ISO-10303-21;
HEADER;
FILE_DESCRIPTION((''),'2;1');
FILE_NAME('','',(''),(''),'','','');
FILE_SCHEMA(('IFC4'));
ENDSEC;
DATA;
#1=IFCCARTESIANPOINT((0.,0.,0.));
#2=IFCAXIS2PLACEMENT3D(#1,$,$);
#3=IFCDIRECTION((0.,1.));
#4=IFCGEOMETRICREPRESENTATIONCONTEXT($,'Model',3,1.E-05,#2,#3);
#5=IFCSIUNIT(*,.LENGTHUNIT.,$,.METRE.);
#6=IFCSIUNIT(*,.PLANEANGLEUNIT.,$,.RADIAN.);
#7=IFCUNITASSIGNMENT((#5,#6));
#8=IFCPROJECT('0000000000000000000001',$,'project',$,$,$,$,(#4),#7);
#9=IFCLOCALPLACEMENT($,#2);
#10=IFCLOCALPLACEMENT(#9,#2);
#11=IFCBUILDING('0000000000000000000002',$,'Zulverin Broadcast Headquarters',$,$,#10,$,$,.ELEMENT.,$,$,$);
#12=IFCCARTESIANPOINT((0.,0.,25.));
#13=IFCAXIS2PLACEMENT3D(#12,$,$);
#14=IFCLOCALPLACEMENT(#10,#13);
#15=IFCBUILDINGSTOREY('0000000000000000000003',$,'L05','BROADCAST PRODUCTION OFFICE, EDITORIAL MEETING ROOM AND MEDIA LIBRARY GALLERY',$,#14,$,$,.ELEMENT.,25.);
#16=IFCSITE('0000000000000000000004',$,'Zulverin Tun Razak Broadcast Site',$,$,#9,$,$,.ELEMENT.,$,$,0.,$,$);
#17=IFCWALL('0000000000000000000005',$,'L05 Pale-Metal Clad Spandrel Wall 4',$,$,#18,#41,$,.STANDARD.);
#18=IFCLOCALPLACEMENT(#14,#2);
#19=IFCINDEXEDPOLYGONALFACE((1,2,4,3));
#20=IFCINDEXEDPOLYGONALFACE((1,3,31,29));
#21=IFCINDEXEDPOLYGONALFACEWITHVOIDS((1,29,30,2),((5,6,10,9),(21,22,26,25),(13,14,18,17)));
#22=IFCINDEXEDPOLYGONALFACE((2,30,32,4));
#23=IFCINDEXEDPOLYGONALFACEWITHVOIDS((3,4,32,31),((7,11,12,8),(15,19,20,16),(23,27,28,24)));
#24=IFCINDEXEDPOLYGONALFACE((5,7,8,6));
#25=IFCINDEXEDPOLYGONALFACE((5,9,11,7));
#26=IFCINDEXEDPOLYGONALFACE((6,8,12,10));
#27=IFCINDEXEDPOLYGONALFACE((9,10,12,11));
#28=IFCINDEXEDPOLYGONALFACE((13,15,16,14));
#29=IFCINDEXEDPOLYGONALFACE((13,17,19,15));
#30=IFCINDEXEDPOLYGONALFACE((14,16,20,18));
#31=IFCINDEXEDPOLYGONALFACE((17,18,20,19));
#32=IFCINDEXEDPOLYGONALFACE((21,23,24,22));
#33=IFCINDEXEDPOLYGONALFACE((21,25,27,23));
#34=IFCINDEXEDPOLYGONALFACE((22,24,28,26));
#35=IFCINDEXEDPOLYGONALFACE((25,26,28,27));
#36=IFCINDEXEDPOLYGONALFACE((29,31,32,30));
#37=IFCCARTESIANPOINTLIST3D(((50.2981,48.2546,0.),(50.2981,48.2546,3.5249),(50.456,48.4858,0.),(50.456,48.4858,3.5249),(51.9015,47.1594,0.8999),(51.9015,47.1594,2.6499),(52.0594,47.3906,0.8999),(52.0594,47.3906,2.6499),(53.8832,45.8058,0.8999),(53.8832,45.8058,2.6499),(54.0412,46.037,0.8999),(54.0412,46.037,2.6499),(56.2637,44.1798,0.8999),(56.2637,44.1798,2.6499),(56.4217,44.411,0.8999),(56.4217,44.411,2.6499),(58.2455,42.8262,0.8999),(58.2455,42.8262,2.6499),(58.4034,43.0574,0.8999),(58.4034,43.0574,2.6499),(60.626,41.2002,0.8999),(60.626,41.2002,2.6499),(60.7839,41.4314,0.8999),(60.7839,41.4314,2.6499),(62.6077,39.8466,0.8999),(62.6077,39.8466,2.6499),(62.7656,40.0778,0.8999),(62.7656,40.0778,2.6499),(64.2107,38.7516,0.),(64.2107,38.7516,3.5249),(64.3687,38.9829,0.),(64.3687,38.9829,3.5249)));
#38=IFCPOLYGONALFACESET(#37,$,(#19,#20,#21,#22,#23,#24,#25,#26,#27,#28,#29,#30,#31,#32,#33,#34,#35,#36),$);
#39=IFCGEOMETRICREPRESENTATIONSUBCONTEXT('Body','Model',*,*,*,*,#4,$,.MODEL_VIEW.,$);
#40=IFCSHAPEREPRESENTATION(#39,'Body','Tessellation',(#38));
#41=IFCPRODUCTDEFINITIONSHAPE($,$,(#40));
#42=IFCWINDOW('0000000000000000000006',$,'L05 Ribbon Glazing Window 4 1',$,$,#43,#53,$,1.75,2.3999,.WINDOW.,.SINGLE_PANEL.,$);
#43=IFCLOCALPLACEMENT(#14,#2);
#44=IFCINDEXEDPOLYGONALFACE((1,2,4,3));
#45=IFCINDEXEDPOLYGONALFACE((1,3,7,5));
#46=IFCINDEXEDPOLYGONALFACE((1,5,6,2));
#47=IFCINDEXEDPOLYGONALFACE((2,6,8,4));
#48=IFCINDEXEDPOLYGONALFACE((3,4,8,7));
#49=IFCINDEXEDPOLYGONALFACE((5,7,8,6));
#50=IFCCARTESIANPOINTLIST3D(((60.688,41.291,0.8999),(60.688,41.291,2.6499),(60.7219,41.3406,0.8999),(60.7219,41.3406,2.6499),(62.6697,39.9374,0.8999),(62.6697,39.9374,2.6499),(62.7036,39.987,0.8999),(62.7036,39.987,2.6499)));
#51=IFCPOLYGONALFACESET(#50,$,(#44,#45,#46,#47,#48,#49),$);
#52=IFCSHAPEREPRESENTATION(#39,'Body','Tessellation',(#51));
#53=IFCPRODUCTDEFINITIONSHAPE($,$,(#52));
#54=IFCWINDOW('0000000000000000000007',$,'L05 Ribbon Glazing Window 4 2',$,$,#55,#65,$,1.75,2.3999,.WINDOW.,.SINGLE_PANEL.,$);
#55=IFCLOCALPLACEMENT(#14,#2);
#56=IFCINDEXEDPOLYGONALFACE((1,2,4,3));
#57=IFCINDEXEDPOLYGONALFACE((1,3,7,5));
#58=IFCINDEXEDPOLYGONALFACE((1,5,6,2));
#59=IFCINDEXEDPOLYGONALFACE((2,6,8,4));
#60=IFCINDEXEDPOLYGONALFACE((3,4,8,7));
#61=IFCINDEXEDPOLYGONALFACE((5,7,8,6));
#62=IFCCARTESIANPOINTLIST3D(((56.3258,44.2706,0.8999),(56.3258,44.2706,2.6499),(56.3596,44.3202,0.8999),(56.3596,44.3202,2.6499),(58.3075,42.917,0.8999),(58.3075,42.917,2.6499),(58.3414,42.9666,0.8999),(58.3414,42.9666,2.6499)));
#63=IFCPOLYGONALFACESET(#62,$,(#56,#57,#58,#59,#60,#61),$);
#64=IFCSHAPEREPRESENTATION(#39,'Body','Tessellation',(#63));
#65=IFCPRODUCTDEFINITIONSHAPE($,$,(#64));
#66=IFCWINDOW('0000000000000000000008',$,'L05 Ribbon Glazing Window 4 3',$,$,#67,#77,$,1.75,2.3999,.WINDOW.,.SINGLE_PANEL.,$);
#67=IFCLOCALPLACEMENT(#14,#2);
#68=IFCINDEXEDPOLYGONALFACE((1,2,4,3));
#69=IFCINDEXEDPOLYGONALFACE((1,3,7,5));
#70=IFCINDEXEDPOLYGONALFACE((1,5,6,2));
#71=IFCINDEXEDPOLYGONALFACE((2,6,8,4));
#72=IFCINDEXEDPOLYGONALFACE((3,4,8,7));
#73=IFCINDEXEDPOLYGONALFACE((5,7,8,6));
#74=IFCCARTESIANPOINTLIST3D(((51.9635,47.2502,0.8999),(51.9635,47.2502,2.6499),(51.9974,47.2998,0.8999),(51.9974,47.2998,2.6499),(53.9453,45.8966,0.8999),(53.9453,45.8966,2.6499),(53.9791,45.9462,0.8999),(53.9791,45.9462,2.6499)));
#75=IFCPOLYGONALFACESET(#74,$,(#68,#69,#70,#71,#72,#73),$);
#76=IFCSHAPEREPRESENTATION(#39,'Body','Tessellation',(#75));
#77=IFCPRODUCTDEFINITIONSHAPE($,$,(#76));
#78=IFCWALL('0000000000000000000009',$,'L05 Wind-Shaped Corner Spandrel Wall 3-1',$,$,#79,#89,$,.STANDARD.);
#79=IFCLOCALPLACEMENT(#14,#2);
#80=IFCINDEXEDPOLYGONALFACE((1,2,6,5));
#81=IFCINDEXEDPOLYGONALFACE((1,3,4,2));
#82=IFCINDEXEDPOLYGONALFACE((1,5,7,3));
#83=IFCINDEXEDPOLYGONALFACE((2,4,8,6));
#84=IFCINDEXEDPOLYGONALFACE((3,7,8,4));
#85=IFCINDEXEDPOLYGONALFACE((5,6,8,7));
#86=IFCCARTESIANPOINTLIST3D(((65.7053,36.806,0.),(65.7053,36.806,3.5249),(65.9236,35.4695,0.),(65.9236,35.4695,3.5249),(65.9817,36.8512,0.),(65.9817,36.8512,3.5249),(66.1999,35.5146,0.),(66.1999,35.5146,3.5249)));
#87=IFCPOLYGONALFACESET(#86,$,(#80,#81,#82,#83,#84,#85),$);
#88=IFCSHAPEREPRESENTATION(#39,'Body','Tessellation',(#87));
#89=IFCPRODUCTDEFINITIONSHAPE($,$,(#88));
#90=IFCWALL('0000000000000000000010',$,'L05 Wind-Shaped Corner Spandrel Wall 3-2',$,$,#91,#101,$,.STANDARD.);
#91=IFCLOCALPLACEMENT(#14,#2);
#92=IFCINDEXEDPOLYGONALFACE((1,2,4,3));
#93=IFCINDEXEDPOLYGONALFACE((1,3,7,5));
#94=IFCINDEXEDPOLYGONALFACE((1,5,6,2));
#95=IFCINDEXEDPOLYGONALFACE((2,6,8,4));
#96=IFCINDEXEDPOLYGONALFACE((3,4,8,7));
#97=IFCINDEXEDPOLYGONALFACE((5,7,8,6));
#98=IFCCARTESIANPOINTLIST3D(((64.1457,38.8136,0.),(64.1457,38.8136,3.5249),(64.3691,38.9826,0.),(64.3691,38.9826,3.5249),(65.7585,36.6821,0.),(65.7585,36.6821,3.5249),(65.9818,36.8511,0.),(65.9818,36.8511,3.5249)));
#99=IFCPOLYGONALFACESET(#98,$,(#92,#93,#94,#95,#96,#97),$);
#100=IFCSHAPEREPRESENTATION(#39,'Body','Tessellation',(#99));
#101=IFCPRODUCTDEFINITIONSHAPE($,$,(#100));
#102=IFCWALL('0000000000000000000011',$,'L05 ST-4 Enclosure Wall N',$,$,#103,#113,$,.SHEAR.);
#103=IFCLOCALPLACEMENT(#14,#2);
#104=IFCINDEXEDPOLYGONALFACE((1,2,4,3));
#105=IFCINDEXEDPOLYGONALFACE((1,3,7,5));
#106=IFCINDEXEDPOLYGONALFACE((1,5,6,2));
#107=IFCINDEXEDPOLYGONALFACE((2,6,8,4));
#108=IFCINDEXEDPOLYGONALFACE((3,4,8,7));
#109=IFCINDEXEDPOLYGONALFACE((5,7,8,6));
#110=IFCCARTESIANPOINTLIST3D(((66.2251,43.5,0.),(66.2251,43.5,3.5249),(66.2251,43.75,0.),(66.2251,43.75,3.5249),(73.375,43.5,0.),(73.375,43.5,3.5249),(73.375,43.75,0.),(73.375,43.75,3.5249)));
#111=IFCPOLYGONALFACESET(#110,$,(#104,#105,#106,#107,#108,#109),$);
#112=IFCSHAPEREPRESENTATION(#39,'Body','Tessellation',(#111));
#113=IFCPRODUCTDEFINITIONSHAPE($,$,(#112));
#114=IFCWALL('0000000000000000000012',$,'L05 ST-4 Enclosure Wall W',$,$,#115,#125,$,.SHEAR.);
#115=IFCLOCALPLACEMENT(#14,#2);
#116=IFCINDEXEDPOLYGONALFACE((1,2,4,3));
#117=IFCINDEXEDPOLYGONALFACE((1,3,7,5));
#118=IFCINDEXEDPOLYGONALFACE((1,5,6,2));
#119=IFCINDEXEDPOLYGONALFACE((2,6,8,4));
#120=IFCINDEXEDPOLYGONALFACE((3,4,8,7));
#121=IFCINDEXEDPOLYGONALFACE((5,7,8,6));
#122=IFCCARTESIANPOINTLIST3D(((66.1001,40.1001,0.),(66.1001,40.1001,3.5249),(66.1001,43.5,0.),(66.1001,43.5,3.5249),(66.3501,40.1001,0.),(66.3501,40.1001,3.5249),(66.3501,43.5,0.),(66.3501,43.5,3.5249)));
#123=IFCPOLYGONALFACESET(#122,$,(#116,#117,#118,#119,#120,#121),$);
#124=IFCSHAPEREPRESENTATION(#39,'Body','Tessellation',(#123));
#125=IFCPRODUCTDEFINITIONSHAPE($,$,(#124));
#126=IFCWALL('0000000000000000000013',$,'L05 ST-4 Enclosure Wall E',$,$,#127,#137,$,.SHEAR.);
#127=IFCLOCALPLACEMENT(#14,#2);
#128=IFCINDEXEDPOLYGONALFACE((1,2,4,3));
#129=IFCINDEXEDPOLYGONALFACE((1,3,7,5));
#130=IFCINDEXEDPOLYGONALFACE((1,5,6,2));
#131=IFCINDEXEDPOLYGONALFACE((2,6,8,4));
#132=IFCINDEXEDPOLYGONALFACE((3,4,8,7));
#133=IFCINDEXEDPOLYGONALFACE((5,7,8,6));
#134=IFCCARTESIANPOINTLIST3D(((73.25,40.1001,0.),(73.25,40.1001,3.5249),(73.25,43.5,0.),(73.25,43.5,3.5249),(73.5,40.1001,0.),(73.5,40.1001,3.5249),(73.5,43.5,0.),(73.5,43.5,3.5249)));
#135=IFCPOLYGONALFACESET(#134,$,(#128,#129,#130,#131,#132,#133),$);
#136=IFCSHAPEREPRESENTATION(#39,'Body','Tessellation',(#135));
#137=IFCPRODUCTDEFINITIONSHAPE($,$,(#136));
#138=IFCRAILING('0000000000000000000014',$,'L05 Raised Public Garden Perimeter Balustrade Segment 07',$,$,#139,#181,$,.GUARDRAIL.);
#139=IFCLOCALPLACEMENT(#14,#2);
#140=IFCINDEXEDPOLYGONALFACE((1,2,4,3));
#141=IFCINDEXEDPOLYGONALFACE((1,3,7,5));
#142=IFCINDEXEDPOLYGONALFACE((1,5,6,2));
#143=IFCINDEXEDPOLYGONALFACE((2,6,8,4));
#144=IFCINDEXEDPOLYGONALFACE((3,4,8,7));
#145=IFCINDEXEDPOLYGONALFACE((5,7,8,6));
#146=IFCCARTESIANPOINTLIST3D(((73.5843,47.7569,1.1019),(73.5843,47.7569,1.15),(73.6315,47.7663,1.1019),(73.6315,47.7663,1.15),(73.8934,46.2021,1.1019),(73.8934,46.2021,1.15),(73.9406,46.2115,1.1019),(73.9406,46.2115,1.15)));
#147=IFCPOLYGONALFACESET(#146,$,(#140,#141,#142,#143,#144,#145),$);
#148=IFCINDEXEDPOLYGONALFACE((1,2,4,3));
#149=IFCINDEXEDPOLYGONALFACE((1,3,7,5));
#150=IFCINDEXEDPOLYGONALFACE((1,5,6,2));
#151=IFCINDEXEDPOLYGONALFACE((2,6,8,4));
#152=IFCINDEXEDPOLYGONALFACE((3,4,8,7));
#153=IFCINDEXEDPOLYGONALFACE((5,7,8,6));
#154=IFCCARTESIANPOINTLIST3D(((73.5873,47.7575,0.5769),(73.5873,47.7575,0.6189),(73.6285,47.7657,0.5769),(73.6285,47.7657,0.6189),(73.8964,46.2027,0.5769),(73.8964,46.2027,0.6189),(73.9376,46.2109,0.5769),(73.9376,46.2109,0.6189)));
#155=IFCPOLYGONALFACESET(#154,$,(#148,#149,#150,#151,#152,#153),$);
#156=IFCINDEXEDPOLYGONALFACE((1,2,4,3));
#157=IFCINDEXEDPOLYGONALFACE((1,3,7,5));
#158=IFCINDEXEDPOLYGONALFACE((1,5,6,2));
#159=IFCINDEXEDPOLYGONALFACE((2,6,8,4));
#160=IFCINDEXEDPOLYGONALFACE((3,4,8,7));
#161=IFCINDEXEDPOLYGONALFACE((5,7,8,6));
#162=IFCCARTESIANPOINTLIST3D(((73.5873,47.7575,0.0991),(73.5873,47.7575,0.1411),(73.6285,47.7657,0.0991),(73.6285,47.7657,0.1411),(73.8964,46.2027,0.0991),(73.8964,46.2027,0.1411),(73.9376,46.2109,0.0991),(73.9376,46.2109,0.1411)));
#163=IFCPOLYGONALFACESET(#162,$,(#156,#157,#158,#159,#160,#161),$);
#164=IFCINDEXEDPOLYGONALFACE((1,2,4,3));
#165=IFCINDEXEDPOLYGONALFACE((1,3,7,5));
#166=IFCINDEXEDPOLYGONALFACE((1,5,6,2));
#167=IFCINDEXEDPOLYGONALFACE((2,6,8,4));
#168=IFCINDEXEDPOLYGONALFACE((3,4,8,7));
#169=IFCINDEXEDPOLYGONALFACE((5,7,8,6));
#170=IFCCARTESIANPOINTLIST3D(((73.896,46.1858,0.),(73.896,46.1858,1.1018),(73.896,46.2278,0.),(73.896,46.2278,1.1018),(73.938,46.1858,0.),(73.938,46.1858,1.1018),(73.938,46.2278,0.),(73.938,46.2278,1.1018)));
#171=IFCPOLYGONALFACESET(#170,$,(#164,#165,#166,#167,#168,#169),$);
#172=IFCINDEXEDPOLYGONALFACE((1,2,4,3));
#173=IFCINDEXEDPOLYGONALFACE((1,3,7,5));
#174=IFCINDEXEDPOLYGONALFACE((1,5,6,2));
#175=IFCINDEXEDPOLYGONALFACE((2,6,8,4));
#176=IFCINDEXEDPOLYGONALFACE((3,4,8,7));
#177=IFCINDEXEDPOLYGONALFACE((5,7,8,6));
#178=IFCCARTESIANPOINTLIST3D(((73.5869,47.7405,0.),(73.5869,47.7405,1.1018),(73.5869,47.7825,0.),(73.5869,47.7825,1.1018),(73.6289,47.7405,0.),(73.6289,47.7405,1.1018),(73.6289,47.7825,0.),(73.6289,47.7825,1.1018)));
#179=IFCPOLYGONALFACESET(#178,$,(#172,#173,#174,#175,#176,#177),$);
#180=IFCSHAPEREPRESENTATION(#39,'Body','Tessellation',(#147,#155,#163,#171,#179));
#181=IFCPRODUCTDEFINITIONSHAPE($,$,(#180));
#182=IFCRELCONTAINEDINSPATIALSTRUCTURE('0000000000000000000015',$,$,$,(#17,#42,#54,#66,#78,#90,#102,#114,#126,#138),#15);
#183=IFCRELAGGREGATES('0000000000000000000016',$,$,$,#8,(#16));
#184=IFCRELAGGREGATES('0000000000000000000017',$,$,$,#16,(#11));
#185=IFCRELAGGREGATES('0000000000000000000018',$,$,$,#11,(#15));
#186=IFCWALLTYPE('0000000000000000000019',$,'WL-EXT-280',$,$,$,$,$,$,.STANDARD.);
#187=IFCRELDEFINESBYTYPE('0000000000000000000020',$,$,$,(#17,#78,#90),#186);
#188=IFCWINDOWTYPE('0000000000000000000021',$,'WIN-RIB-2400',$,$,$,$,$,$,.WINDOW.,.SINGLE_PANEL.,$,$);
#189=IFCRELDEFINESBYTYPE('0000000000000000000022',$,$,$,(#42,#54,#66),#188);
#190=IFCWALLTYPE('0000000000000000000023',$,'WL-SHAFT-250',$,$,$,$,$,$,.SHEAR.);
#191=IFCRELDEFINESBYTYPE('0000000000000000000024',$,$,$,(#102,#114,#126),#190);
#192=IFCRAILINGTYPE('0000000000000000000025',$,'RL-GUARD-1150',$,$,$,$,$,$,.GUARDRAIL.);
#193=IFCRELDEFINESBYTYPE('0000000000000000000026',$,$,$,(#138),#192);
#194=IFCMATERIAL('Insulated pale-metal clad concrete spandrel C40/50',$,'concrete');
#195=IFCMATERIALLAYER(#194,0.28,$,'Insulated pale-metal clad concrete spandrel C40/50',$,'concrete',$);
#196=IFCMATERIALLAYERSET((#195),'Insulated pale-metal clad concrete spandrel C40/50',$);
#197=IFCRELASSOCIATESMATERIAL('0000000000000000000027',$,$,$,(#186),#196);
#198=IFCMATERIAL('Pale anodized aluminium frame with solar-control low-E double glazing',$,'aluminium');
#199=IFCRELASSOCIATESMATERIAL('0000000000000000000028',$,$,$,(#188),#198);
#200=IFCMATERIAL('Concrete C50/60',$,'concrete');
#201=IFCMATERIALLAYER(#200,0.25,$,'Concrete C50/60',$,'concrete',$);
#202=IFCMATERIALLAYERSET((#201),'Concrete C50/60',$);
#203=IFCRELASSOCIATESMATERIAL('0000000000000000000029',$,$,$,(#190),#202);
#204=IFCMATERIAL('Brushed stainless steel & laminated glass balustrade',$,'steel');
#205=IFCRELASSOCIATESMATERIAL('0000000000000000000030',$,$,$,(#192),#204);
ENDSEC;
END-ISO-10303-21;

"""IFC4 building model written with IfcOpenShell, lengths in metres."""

from ifc_helpers import new_model, si_unit, direction, frame, frame_2d, origin, origin_2d, place, context, subcontext, project, spatial, rectangle, extrude, material, layer, layer_set, type_object, element, fill, save


model = new_model("IFC4")

# Units and contexts
model_context = context("Model", 3, precision=1e-05, world=origin(), true_north=direction((0.0, 1.0)))
body_context = subcontext(model_context, "Body", "Model", "MODEL_VIEW")
ifc_project = project(units=[si_unit("LENGTHUNIT", "METRE"), si_unit("PLANEANGLEUNIT", "RADIAN")], contexts=[model_context])

# Site, building, storey
site_placement = place(None, origin())
site = spatial("IfcSite", under=ifc_project, at=site_placement, Name="Zulverin Tun Razak Broadcast Site", CompositionType="ELEMENT", RefElevation=0.0)
building_placement = place(site_placement, origin())
building = spatial("IfcBuilding", under=site, at=building_placement, Name="Zulverin Broadcast Headquarters", CompositionType="ELEMENT")
storey_placement = place(building_placement, frame((0.0, 0.0, 25.0)))
storey = spatial("IfcBuildingStorey", under=building, at=storey_placement, Name="L05", Description="BROADCAST PRODUCTION OFFICE, EDITORIAL MEETING ROOM AND MEDIA LIBRARY GALLERY", CompositionType="ELEMENT", Elevation=25.0)

# Wall, openings, windows
ifc_material_1 = material(Name="Insulated pale-metal clad concrete spandrel C40/50", Category="concrete")
ifc_layer_1 = layer(ifc_material_1, 0.28, Name="Insulated pale-metal clad concrete spandrel C40/50", Category="concrete")
ifc_layer_set_1 = layer_set([ifc_layer_1], Name="Insulated pale-metal clad concrete spandrel C40/50")
wall_type_1 = type_object("IfcWallType", Name="WL-EXT-280", PredefinedType="STANDARD", material=ifc_layer_set_1)
wall_1_placement = place(storey_placement, frame((64.2898, 38.8672, 0.0), z_axis=(0.0, 0.0, 1.0), x_axis=(-0.825756, 0.564028, 0.0)))
wall_1 = element("IfcWall", 1, at=wall_1_placement, inside=storey, type_object=wall_type_1, Name="L05 Pale-Metal Clad Spandrel Wall 4", PredefinedType="STANDARD", context=body_context, shape_type="SweptSolid", body=[
    extrude(rectangle(XDim=16.8484, YDim=0.28, at=frame_2d((8.4243, 0.0))), origin(), (0.0, 0.0, 1.0), 3.5249),
])
opening_1_placement = place(wall_1_placement, frame((1.9414, 0.0, 0.8999)))
opening_1 = element("IfcOpeningElement", 2, at=opening_1_placement, cuts=wall_1, PredefinedType="OPENING", context=body_context, shape_type="SweptSolid", body=[
    extrude(rectangle(XDim=2.3999, YDim=1.75, at=frame_2d((1.2, 0.875))), frame((0.0, 0.1499, 0.0), z_axis=(0.0, -1.0, 0.0), x_axis=(1.0, 0.0, 0.0)), (0.0, 0.0, 1.0), 0.3),
])
opening_2_placement = place(wall_1_placement, frame((7.2241, 0.0, 0.8999)))
opening_2 = element("IfcOpeningElement", 3, at=opening_2_placement, cuts=wall_1, PredefinedType="OPENING", context=body_context, shape_type="SweptSolid", body=[
    extrude(rectangle(XDim=2.3999, YDim=1.75, at=frame_2d((1.2, 0.875))), frame((0.0, 0.1499, 0.0), z_axis=(0.0, -1.0, 0.0), x_axis=(1.0, 0.0, 0.0)), (0.0, 0.0, 1.0), 0.3),
])
opening_3_placement = place(wall_1_placement, frame((12.5068, 0.0, 0.8999)))
opening_3 = element("IfcOpeningElement", 4, at=opening_3_placement, cuts=wall_1, PredefinedType="OPENING", context=body_context, shape_type="SweptSolid", body=[
    extrude(rectangle(XDim=2.3999, YDim=1.75, at=frame_2d((1.2, 0.875))), frame((0.0, 0.1499, 0.0), z_axis=(0.0, -1.0, 0.0), x_axis=(1.0, 0.0, 0.0)), (0.0, 0.0, 1.0), 0.3),
])
ifc_material_2 = material(Name="Pale anodized aluminium frame with solar-control low-E double glazing", Category="aluminium")
window_type = type_object("IfcWindowType", Name="WIN-RIB-2400", PartitioningType="SINGLE_PANEL", PredefinedType="WINDOW", material=ifc_material_2)
window_1_placement = place(opening_1_placement, origin())
window_1 = element("IfcWindow", 5, at=window_1_placement, inside=storey, type_object=window_type, Name="L05 Ribbon Glazing Window 4 1", OverallHeight=1.75, OverallWidth=2.3999, PartitioningType="SINGLE_PANEL", PredefinedType="WINDOW", context=body_context, shape_type="SweptSolid", body=[
    extrude(rectangle(XDim=2.3999, YDim=1.75, at=frame_2d((1.2, 0.875))), frame((0.0, 0.03, 0.0), z_axis=(0.0, -1.0, 0.0), x_axis=(1.0, 0.0, 0.0)), (0.0, 0.0, 1.0), 0.0601),
])
fill(opening_1, window_1)
window_2_placement = place(opening_2_placement, origin())
window_2 = element("IfcWindow", 6, at=window_2_placement, inside=storey, type_object=window_type, Name="L05 Ribbon Glazing Window 4 2", OverallHeight=1.75, OverallWidth=2.3999, PartitioningType="SINGLE_PANEL", PredefinedType="WINDOW", context=body_context, shape_type="SweptSolid", body=[
    extrude(rectangle(XDim=2.3999, YDim=1.75, at=frame_2d((1.2, 0.875))), frame((0.0, 0.03, 0.0), z_axis=(0.0, -1.0, 0.0), x_axis=(1.0, 0.0, 0.0)), (0.0, 0.0, 1.0), 0.0601),
])
fill(opening_2, window_2)
window_3_placement = place(opening_3_placement, origin())
window_3 = element("IfcWindow", 7, at=window_3_placement, inside=storey, type_object=window_type, Name="L05 Ribbon Glazing Window 4 3", OverallHeight=1.75, OverallWidth=2.3999, PartitioningType="SINGLE_PANEL", PredefinedType="WINDOW", context=body_context, shape_type="SweptSolid", body=[
    extrude(rectangle(XDim=2.3999, YDim=1.75, at=frame_2d((1.2, 0.875))), frame((0.0, 0.03, 0.0), z_axis=(0.0, -1.0, 0.0), x_axis=(1.0, 0.0, 0.0)), (0.0, 0.0, 1.0), 0.0601),
])
fill(opening_3, window_3)

# Walls
wall_2_placement = place(storey_placement, frame((66.0618, 35.4919, 0.0), z_axis=(0.0, 0.0, 1.0), x_axis=(-0.161182, 0.986925, 0.0)))
element("IfcWall", 8, at=wall_2_placement, inside=storey, type_object=wall_type_1, Name="L05 Wind-Shaped Corner Spandrel Wall 3-1", PredefinedType="STANDARD", context=body_context, shape_type="SweptSolid", body=[
    extrude(rectangle(XDim=1.3542, YDim=0.28, at=frame_2d((0.6772, 0.0))), origin(), (0.0, 0.0, 1.0), 3.5249),
])
wall_3_placement = place(storey_placement, frame((65.8701, 36.7666, 0.0), z_axis=(0.0, 0.0, 1.0), x_axis=(-0.60337, 0.797461, 0.0)))
element("IfcWall", 9, at=wall_3_placement, inside=storey, type_object=wall_type_1, Name="L05 Wind-Shaped Corner Spandrel Wall 3-2", PredefinedType="STANDARD", context=body_context, shape_type="SweptSolid", body=[
    extrude(rectangle(XDim=2.6729, YDim=0.28, at=frame_2d((1.3364, 0.0))), origin(), (0.0, 0.0, 1.0), 3.5249),
])

# Shared definitions
ifc_material_3 = material(Name="Concrete C50/60", Category="concrete")
ifc_layer_2 = layer(ifc_material_3, 0.25, Name="Concrete C50/60", Category="concrete")
ifc_layer_set_2 = layer_set([ifc_layer_2], Name="Concrete C50/60")
wall_type_2 = type_object("IfcWallType", Name="WL-SHAFT-250", PredefinedType="SHEAR", material=ifc_layer_set_2)

# Walls
wall_4_placement = place(storey_placement, frame((66.2251, 43.625, 0.0), z_axis=(0.0, 0.0, 1.0), x_axis=(1.0, 0.0, 0.0)))
element("IfcWall", 10, at=wall_4_placement, inside=storey, type_object=wall_type_2, Name="L05 ST-4 Enclosure Wall N", PredefinedType="SHEAR", context=body_context, shape_type="SweptSolid", body=[
    extrude(rectangle(XDim=7.1499, YDim=0.25, at=frame_2d((3.575, 0.0))), origin(), (0.0, 0.0, 1.0), 3.5249),
])
for number, where, z_axis, x_axis, name in (
    (11, (66.2251, 40.1001, 0.0), (0.0, 0.0, 1.0), (0.0, 1.0, 0.0), "L05 ST-4 Enclosure Wall W"),
    (12, (73.375, 40.1001, 0.0), (0.0, 0.0, 1.0), (0.0, 1.0, 0.0), "L05 ST-4 Enclosure Wall E"),
):
    element("IfcWall", number, at=place(storey_placement, frame(where, z_axis=z_axis, x_axis=x_axis)), inside=storey, type_object=wall_type_2, Name=name, PredefinedType="SHEAR", context=body_context, shape_type="SweptSolid", body=[
        extrude(rectangle(XDim=3.3999, YDim=0.25, at=frame_2d((1.7, 0.0))), origin(), (0.0, 0.0, 1.0), 3.5249),
    ])

# Railing
ifc_material_4 = material(Name="Brushed stainless steel & laminated glass balustrade", Category="steel")
railing_type_1 = type_object("IfcRailingType", Name="RL-GUARD-1150", PredefinedType="GUARDRAIL", material=ifc_material_4)
railing_1_placement = place(storey_placement, frame((73.917, 46.2068, 0.0)))
element("IfcRailing", 13, at=railing_1_placement, inside=storey, type_object=railing_type_1, Name="L05 Raised Public Garden Perimeter Balustrade Segment 07", PredefinedType="GUARDRAIL", context=body_context, shape_type="SweptSolid", body=[
    extrude(rectangle(XDim=0.0481, YDim=0.0481, at=origin_2d()), frame((0.0, 0.0, 1.126), z_axis=(-0.19499, 0.980805, 0.0), x_axis=(-0.980805, -0.19499, 0.0)), (0.0, 0.0, 1.0), 1.5852),
    extrude(rectangle(XDim=0.042, YDim=0.042, at=origin_2d()), frame((0.0, 0.0, 0.5979), z_axis=(-0.19499, 0.980805, 0.0), x_axis=(-0.980805, -0.19499, 0.0)), (0.0, 0.0, 1.0), 1.5852),
    extrude(rectangle(XDim=0.042, YDim=0.042, at=origin_2d()), frame((0.0, 0.0, 0.1201), z_axis=(-0.19499, 0.980805, 0.0), x_axis=(-0.980805, -0.19499, 0.0)), (0.0, 0.0, 1.0), 1.5852),
    extrude(rectangle(XDim=0.042, YDim=0.042, at=origin_2d()), origin(), (0.0, 0.0, 1.0), 1.1018),
    extrude(rectangle(XDim=0.042, YDim=0.042, at=origin_2d()), frame((-0.3091, 1.5547, 0.0)), (0.0, 0.0, 1.0), 1.1018),
])

save(model, "model.ifc")
